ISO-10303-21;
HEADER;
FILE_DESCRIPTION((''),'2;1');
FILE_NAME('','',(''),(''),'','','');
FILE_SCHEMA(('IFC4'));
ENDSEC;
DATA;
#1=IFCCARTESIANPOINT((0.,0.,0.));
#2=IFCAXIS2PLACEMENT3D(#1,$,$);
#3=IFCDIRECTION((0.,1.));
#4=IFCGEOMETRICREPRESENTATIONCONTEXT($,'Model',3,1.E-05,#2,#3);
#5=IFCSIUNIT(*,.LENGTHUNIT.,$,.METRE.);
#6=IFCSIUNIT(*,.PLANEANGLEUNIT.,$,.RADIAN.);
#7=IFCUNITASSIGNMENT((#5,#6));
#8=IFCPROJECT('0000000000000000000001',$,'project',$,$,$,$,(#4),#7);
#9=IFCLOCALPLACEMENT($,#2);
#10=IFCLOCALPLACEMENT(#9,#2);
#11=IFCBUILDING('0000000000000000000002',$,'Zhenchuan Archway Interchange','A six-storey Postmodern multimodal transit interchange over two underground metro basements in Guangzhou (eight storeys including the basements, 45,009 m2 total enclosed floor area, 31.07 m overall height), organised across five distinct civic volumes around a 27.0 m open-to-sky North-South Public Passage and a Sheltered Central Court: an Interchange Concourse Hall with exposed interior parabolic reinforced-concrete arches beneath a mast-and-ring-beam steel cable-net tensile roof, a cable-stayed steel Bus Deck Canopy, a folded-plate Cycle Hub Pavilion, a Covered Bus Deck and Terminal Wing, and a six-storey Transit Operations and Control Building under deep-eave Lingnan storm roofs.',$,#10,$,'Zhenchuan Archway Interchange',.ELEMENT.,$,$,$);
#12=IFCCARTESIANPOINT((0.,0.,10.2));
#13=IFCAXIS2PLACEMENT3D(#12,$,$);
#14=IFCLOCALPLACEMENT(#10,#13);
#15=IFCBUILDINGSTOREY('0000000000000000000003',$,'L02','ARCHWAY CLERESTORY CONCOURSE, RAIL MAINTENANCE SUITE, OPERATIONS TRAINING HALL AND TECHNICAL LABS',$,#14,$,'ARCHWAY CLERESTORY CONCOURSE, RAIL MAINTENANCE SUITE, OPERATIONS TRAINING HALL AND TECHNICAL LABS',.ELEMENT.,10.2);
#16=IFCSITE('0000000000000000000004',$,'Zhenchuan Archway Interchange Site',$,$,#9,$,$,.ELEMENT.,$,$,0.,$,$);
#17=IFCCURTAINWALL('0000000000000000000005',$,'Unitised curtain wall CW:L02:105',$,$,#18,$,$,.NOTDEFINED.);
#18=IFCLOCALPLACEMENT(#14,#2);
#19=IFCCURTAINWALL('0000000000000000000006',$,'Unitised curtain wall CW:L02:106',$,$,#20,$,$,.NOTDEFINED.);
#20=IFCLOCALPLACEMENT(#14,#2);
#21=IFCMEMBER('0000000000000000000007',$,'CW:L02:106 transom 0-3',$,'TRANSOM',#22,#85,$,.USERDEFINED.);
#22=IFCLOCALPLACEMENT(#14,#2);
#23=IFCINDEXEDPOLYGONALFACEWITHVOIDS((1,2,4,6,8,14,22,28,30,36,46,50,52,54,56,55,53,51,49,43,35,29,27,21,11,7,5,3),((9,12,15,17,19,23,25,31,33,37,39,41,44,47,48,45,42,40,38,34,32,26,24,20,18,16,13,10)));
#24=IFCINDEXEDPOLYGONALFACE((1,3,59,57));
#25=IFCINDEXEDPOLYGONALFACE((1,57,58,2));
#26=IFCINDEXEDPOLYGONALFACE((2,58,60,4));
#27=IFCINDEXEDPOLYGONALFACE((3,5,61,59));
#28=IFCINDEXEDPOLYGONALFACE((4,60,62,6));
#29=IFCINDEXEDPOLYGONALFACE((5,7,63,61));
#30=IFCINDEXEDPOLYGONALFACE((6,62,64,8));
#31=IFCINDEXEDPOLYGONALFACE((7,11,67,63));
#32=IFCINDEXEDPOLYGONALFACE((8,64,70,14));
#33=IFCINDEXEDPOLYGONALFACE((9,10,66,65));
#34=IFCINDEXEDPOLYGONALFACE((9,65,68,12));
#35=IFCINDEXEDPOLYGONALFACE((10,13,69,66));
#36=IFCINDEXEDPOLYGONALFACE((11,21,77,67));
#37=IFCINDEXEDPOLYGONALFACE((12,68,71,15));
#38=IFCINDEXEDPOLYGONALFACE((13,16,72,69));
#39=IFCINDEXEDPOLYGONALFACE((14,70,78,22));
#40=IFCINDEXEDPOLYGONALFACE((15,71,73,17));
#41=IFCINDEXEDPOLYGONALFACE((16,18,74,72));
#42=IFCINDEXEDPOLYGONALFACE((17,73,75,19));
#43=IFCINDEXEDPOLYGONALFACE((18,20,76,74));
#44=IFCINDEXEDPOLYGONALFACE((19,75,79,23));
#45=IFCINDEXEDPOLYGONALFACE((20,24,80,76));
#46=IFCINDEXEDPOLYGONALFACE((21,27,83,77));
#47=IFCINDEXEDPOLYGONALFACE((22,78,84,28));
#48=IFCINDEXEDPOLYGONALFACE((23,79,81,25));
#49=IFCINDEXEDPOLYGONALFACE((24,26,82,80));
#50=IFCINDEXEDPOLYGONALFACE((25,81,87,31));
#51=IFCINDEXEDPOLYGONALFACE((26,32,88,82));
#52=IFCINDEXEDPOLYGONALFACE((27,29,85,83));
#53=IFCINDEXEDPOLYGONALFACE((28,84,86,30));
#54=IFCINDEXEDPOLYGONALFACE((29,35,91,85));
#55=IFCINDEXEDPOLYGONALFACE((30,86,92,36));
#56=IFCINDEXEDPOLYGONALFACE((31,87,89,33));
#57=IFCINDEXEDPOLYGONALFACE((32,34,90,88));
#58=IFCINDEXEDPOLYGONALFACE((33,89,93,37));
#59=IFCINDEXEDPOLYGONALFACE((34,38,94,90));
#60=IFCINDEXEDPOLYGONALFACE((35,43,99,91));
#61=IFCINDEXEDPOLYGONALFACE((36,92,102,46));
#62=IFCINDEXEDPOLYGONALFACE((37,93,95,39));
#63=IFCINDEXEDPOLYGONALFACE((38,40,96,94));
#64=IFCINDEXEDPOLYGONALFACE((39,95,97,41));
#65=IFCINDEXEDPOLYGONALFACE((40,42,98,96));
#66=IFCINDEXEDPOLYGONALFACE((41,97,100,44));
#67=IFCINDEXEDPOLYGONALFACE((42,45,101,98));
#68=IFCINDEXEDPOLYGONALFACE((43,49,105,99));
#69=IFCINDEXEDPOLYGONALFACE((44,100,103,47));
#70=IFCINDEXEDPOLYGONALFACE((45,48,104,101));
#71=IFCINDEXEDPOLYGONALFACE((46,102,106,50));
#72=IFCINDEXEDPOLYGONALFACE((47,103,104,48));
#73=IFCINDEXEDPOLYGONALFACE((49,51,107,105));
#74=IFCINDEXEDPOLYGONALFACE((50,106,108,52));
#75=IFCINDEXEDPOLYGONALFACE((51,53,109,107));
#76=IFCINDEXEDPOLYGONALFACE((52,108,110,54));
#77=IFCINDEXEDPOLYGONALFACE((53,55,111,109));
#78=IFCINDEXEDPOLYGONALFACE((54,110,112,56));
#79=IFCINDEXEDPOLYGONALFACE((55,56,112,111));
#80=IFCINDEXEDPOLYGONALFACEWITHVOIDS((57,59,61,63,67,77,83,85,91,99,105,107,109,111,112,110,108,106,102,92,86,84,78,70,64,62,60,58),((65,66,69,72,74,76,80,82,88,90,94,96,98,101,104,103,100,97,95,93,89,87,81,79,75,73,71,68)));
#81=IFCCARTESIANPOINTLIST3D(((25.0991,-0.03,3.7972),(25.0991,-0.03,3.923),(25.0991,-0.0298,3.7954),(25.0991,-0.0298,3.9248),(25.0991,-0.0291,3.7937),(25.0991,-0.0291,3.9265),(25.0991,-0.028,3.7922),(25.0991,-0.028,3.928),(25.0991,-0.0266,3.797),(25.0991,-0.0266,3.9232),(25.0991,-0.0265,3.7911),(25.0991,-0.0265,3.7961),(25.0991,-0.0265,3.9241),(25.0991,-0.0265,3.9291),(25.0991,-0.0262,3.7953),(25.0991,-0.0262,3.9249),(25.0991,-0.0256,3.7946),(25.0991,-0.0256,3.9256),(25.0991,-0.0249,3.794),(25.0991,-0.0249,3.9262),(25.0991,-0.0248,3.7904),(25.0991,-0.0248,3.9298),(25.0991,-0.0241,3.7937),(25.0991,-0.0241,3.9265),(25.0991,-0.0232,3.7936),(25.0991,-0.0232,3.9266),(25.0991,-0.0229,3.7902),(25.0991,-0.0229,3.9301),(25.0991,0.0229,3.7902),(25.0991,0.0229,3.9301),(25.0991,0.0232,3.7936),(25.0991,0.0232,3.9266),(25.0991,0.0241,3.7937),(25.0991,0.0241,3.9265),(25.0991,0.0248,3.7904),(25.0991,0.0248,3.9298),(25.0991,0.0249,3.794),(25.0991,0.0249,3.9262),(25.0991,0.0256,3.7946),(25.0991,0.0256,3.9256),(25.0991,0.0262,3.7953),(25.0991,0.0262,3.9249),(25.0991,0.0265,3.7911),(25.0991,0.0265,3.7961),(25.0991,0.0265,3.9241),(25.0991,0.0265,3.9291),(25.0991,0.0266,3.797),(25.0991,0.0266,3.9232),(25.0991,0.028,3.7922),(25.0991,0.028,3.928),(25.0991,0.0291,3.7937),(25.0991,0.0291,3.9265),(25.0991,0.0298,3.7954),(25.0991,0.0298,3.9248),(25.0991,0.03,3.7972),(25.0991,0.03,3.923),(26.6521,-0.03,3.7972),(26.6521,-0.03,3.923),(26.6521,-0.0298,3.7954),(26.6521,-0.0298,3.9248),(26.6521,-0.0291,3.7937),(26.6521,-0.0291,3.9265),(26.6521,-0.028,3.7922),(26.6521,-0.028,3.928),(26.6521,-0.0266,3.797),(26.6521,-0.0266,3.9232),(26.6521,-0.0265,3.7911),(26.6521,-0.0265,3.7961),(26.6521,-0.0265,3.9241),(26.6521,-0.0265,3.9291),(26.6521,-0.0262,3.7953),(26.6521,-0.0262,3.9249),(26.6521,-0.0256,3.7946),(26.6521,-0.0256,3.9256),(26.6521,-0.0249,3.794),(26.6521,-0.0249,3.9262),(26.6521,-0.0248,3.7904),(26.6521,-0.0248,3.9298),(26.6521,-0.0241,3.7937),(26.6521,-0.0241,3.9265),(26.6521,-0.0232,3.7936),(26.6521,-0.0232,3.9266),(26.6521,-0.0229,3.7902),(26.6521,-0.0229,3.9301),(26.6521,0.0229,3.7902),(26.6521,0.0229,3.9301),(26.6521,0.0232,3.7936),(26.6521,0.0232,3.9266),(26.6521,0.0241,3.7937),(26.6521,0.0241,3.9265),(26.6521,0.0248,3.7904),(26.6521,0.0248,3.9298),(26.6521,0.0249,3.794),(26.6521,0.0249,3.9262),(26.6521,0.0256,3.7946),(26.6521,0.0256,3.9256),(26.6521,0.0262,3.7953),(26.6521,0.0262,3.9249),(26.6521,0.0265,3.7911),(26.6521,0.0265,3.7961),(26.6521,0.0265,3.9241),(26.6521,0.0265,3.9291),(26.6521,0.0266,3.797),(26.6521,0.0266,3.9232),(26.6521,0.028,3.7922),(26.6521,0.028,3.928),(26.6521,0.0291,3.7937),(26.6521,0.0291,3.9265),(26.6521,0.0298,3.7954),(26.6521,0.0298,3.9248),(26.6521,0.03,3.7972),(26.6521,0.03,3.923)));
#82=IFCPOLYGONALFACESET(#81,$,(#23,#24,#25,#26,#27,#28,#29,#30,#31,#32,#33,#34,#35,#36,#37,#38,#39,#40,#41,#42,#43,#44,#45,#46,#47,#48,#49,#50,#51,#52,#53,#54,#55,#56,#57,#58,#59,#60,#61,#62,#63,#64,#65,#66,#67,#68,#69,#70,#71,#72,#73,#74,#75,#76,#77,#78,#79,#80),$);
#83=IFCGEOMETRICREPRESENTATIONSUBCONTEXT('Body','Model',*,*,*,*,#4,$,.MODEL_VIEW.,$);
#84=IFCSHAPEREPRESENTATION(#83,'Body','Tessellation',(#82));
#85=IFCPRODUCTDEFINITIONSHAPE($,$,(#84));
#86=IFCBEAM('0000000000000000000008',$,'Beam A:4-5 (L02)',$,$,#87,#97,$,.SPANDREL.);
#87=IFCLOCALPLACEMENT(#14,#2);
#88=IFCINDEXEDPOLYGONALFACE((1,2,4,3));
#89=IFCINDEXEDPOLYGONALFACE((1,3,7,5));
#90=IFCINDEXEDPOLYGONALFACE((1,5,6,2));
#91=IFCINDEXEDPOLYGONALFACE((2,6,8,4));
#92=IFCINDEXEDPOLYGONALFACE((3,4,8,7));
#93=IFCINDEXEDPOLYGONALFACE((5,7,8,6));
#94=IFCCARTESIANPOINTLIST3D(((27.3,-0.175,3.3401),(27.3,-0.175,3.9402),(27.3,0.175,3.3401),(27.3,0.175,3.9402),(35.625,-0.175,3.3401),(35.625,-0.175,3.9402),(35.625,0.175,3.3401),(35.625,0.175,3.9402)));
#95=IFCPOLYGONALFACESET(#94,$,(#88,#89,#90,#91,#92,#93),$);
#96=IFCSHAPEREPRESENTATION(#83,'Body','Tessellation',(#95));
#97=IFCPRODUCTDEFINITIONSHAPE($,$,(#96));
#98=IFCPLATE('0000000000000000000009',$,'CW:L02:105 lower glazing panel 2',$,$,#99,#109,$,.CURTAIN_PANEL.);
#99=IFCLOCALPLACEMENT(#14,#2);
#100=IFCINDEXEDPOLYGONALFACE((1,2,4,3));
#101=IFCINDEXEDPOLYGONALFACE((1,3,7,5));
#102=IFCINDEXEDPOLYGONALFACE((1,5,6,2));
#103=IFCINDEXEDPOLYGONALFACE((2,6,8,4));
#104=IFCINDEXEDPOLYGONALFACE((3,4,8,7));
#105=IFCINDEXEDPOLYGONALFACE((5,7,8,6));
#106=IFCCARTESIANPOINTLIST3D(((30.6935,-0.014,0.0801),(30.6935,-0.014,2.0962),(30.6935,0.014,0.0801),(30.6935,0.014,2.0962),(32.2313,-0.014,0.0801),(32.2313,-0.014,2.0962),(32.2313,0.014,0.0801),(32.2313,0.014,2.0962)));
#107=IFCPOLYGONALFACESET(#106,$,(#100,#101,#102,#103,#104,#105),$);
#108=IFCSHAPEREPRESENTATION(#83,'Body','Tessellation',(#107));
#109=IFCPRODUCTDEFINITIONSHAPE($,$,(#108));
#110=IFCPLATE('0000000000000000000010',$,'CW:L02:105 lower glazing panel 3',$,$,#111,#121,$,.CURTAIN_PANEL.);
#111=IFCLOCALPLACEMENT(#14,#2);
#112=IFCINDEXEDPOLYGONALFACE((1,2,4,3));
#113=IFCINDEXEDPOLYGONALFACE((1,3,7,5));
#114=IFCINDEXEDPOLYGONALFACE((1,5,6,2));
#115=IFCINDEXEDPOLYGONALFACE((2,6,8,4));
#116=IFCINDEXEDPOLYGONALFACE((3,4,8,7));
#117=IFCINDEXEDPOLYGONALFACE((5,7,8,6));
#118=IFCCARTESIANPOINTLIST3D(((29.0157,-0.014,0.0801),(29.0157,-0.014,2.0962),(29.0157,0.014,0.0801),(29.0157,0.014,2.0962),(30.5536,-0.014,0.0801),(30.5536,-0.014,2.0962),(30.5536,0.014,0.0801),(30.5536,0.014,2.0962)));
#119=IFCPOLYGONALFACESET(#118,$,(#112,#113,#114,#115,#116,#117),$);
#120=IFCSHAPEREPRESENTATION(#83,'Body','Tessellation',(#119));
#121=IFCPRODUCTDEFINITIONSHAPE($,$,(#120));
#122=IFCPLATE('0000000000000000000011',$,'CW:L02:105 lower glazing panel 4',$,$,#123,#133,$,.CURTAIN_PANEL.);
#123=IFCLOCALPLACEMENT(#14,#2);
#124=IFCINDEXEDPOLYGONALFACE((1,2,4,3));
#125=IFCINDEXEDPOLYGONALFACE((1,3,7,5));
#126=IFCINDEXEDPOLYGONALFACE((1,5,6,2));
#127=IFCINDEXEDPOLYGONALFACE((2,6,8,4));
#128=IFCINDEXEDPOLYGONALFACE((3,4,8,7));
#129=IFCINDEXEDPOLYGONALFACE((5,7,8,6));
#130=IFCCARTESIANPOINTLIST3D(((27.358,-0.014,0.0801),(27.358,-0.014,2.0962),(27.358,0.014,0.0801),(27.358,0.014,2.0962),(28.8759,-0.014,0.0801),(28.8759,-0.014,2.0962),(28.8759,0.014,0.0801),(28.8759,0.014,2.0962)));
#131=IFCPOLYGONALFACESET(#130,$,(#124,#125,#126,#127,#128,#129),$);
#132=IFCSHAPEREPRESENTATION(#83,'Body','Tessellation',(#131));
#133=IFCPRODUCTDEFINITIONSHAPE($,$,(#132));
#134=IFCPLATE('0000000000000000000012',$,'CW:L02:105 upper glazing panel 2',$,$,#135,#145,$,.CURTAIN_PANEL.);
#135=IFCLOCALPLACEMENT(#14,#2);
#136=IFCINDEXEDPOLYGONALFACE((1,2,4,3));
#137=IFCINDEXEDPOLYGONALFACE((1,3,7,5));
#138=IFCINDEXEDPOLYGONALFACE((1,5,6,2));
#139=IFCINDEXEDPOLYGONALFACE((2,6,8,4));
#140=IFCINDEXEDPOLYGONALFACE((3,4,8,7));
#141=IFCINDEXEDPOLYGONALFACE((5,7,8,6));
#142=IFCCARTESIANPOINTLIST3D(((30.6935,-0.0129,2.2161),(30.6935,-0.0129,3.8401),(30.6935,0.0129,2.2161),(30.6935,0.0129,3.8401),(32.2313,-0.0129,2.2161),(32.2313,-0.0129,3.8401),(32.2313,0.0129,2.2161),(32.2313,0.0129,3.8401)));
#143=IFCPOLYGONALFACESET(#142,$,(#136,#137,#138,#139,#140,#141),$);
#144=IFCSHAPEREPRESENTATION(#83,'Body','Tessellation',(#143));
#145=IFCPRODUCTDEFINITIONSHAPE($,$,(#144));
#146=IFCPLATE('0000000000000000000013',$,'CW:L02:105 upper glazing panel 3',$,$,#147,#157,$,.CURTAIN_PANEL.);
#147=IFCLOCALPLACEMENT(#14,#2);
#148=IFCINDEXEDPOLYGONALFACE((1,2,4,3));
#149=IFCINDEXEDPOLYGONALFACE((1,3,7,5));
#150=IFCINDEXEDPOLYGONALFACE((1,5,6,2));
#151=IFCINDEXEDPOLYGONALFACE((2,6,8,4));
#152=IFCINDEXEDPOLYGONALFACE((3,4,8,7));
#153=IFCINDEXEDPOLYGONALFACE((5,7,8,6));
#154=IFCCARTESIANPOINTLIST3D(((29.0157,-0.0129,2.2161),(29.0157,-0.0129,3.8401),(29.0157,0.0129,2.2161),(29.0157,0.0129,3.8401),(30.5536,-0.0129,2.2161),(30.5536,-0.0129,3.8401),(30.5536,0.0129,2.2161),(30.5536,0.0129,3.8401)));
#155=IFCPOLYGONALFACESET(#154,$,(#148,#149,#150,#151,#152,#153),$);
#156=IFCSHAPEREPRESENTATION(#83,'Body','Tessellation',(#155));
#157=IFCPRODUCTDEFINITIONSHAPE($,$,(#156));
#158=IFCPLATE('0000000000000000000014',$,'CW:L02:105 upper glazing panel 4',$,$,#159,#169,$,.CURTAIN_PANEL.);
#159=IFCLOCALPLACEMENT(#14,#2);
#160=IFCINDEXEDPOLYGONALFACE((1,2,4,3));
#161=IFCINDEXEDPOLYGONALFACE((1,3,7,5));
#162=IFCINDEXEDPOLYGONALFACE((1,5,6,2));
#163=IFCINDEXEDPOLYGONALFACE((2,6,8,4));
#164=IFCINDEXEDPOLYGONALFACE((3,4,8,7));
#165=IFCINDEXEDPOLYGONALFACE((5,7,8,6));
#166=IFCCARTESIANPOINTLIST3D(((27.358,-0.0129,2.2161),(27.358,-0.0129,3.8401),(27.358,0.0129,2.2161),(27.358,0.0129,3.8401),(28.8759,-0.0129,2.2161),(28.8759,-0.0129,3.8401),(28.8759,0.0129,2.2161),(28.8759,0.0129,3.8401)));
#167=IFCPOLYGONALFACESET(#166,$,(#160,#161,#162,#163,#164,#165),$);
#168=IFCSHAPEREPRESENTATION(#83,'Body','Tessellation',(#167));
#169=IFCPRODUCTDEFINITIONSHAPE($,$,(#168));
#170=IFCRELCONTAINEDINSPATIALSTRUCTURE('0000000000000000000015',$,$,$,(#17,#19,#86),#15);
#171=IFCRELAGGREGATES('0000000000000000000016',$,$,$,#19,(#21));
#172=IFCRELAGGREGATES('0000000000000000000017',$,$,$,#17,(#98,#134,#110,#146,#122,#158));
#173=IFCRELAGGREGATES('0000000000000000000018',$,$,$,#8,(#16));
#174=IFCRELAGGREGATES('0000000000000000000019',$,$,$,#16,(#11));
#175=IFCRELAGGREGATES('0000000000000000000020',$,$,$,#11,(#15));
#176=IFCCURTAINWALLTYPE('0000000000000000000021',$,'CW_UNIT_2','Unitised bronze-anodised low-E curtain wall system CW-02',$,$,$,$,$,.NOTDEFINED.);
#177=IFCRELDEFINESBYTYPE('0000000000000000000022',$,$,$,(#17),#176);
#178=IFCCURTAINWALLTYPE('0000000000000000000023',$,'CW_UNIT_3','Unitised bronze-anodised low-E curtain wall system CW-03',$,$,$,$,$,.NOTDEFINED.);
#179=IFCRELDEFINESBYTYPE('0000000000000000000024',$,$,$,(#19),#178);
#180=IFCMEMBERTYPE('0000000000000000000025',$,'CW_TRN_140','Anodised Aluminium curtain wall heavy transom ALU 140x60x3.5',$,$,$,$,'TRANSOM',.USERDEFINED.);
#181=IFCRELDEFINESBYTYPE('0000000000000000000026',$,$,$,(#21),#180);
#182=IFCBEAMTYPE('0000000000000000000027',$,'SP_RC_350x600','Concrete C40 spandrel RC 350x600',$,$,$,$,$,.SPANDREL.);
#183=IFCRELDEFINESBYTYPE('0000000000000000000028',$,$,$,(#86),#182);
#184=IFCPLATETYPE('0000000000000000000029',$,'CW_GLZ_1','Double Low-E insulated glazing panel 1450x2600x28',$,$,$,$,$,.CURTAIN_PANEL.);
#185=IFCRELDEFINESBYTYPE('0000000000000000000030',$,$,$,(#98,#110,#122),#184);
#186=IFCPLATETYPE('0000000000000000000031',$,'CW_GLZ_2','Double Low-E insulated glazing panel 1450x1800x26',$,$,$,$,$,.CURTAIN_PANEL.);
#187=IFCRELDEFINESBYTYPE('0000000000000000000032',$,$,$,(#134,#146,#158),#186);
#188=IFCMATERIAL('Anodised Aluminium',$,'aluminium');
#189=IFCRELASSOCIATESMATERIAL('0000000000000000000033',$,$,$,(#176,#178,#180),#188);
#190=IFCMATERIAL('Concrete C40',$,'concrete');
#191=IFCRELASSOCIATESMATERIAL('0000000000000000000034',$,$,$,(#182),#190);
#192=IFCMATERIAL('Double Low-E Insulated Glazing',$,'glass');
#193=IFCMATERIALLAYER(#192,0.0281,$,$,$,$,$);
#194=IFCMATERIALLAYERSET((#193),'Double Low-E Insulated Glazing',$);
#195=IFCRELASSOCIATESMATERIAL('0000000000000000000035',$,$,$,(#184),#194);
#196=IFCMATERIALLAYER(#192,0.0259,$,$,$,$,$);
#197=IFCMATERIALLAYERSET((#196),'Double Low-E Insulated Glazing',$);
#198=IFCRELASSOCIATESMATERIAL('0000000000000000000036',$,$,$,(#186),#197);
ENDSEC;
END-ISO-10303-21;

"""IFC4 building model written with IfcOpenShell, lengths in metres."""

from ifc_helpers import new_model, si_unit, direction, frame, origin, origin_2d, place, context, subcontext, project, spatial, rectangle, hollow_rectangle, extrude, material, layer, layer_set, material_profile, profile_set, type_object, element, aggregate, save


model = new_model("IFC4")

# Units and contexts
model_context = context("Model", 3, precision=1e-05, world=origin(), true_north=direction((0.0, 1.0)))
body_context = subcontext(model_context, "Body", "Model", "MODEL_VIEW")
ifc_project = project(units=[si_unit("LENGTHUNIT", "METRE"), si_unit("PLANEANGLEUNIT", "RADIAN")], contexts=[model_context])

# Site, building, storey
site_placement = place(None, origin())
site = spatial("IfcSite", under=ifc_project, at=site_placement, Name="Zhenchuan Archway Interchange Site", CompositionType="ELEMENT", RefElevation=0.0)
building_placement = place(site_placement, origin())
building = spatial("IfcBuilding", under=site, at=building_placement, Name="Zhenchuan Archway Interchange", Description="A six-storey Postmodern multimodal transit interchange over two underground metro basements in Guangzhou (eight storeys including the basements, 45,009 m2 total enclosed floor area, 31.07 m overall height), organised across five distinct civic volumes around a 27.0 m open-to-sky North-South Public Passage and a Sheltered Central Court: an Interchange Concourse Hall with exposed interior parabolic reinforced-concrete arches beneath a mast-and-ring-beam steel cable-net tensile roof, a cable-stayed steel Bus Deck Canopy, a folded-plate Cycle Hub Pavilion, a Covered Bus Deck and Terminal Wing, and a six-storey Transit Operations and Control Building under deep-eave Lingnan storm roofs.", LongName="Zhenchuan Archway Interchange", CompositionType="ELEMENT")
storey_placement = place(building_placement, frame((0.0, 0.0, 10.2)))
storey = spatial("IfcBuildingStorey", under=building, at=storey_placement, Name="L02", Description="ARCHWAY CLERESTORY CONCOURSE, RAIL MAINTENANCE SUITE, OPERATIONS TRAINING HALL AND TECHNICAL LABS", LongName="ARCHWAY CLERESTORY CONCOURSE, RAIL MAINTENANCE SUITE, OPERATIONS TRAINING HALL AND TECHNICAL LABS", CompositionType="ELEMENT", Elevation=10.2)

# Shared definitions
ifc_material_1 = material(Name="Concrete C40", Category="concrete")

# Curtain wall
ifc_material_2 = material(Name="Anodised Aluminium", Category="aluminium")
curtain_wall_type_1 = type_object("IfcCurtainWallType", Name="CW_UNIT_2", Description="Unitised bronze-anodised low-E curtain wall system CW-02", PredefinedType="NOTDEFINED", material=ifc_material_2)
curtain_wall_1_placement = place(storey_placement, origin())
curtain_wall_1 = element("IfcCurtainWall", 1, at=curtain_wall_1_placement, inside=storey, type_object=curtain_wall_type_1, Name="Unitised curtain wall CW:L02:105", PredefinedType="NOTDEFINED")

# Curtain wall
curtain_wall_type_2 = type_object("IfcCurtainWallType", Name="CW_UNIT_3", Description="Unitised bronze-anodised low-E curtain wall system CW-03", PredefinedType="NOTDEFINED", material=ifc_material_2)
curtain_wall_2_placement = place(storey_placement, origin())
curtain_wall_2 = element("IfcCurtainWall", 2, at=curtain_wall_2_placement, inside=storey, type_object=curtain_wall_type_2, Name="Unitised curtain wall CW:L02:106", PredefinedType="NOTDEFINED")

# Member
ifc_material_profile_1 = material_profile(ifc_material_2, hollow_rectangle(XDim=0.0601, YDim=0.1399, WallThickness=0.0034, InnerFilletRadius=0.0034, OuterFilletRadius=0.0071, at=origin_2d()), Name="ALU 140x60x3.5")
ifc_profile_set_1 = profile_set([ifc_material_profile_1], Name="Anodised Aluminium")
member_type_1 = type_object("IfcMemberType", Name="CW_TRN_140", Description="Anodised Aluminium curtain wall heavy transom ALU 140x60x3.5", ElementType="TRANSOM", PredefinedType="USERDEFINED", material=ifc_profile_set_1)
member_1_placement = place(storey_placement, frame((26.6521, 0.0, 3.8601), z_axis=(-1.0, 0.0, 0.0), x_axis=(0.0, -1.0, 0.0)))
member_1 = element("IfcMember", 3, at=member_1_placement, type_object=member_type_1, Name="CW:L02:106 transom 0-3", ObjectType="TRANSOM", PredefinedType="USERDEFINED", context=body_context, shape_type="SweptSolid", body=[
    extrude(hollow_rectangle(XDim=0.0601, YDim=0.1399, WallThickness=0.0034, InnerFilletRadius=0.0034, OuterFilletRadius=0.0071, at=origin_2d()), origin(), (0.0, 0.0, 1.0), 1.553),
])
aggregate(curtain_wall_2, [member_1])

# Beam
ifc_material_profile_2 = material_profile(ifc_material_1, rectangle(XDim=0.3501, YDim=0.6001, at=origin_2d()), Name="RC 350x600")
ifc_profile_set_2 = profile_set([ifc_material_profile_2], Name="Concrete C40")
beam_type = type_object("IfcBeamType", Name="SP_RC_350x600", Description="Concrete C40 spandrel RC 350x600", PredefinedType="SPANDREL", material=ifc_profile_set_2)
beam_placement = place(storey_placement, frame((27.3, 0.0, 3.6401), z_axis=(1.0, 0.0, 0.0), x_axis=(0.0, 1.0, 0.0)))
element("IfcBeam", 4, at=beam_placement, inside=storey, type_object=beam_type, Name="Beam A:4-5 (L02)", PredefinedType="SPANDREL", context=body_context, shape_type="SweptSolid", body=[
    extrude(rectangle(XDim=0.3501, YDim=0.6001, at=origin_2d()), origin(), (0.0, 0.0, 1.0), 8.325),
])

# Plates
ifc_material_3 = material(Name="Double Low-E Insulated Glazing", Category="glass")
ifc_layer_1 = layer(ifc_material_3, 0.0281)
ifc_layer_set_1 = layer_set([ifc_layer_1], Name="Double Low-E Insulated Glazing")
plate_type_1 = type_object("IfcPlateType", Name="CW_GLZ_1", Description="Double Low-E insulated glazing panel 1450x2600x28", PredefinedType="CURTAIN_PANEL", material=ifc_layer_set_1)
plate_1_placement = place(storey_placement, frame((31.4624, 0.0, 0.0801), z_axis=(0.0, 0.0, 1.0), x_axis=(-1.0, 0.0, 0.0)))
plate_1 = element("IfcPlate", 5, at=plate_1_placement, type_object=plate_type_1, Name="CW:L02:105 lower glazing panel 2", PredefinedType="CURTAIN_PANEL", context=body_context, shape_type="SweptSolid", body=[
    extrude(rectangle(XDim=1.5378, YDim=0.0281, at=origin_2d()), origin(), (0.0, 0.0, 1.0), 2.0161),
])
plate_2_placement = place(storey_placement, frame((29.7847, 0.0, 0.0801), z_axis=(0.0, 0.0, 1.0), x_axis=(-1.0, 0.0, 0.0)))
plate_2 = element("IfcPlate", 6, at=plate_2_placement, type_object=plate_type_1, Name="CW:L02:105 lower glazing panel 3", PredefinedType="CURTAIN_PANEL", context=body_context, shape_type="SweptSolid", body=[
    extrude(rectangle(XDim=1.5378, YDim=0.0281, at=origin_2d()), origin(), (0.0, 0.0, 1.0), 2.0161),
])
plate_3_placement = place(storey_placement, frame((28.1169, 0.0, 0.0801), z_axis=(0.0, 0.0, 1.0), x_axis=(-1.0, 0.0, 0.0)))
plate_3 = element("IfcPlate", 7, at=plate_3_placement, type_object=plate_type_1, Name="CW:L02:105 lower glazing panel 4", PredefinedType="CURTAIN_PANEL", context=body_context, shape_type="SweptSolid", body=[
    extrude(rectangle(XDim=1.5178, YDim=0.0281, at=origin_2d()), origin(), (0.0, 0.0, 1.0), 2.0161),
])
ifc_layer_2 = layer(ifc_material_3, 0.0259)
ifc_layer_set_2 = layer_set([ifc_layer_2], Name="Double Low-E Insulated Glazing")
plate_type_2 = type_object("IfcPlateType", Name="CW_GLZ_2", Description="Double Low-E insulated glazing panel 1450x1800x26", PredefinedType="CURTAIN_PANEL", material=ifc_layer_set_2)
plate_4_placement = place(storey_placement, frame((31.4624, 0.0, 2.2161), z_axis=(0.0, 0.0, 1.0), x_axis=(-1.0, 0.0, 0.0)))
plate_4 = element("IfcPlate", 8, at=plate_4_placement, type_object=plate_type_2, Name="CW:L02:105 upper glazing panel 2", PredefinedType="CURTAIN_PANEL", context=body_context, shape_type="SweptSolid", body=[
    extrude(rectangle(XDim=1.5378, YDim=0.0259, at=origin_2d()), origin(), (0.0, 0.0, 1.0), 1.624),
])
plate_5_placement = place(storey_placement, frame((29.7847, 0.0, 2.2161), z_axis=(0.0, 0.0, 1.0), x_axis=(-1.0, 0.0, 0.0)))
plate_5 = element("IfcPlate", 9, at=plate_5_placement, type_object=plate_type_2, Name="CW:L02:105 upper glazing panel 3", PredefinedType="CURTAIN_PANEL", context=body_context, shape_type="SweptSolid", body=[
    extrude(rectangle(XDim=1.5378, YDim=0.0259, at=origin_2d()), origin(), (0.0, 0.0, 1.0), 1.624),
])
plate_6_placement = place(storey_placement, frame((28.1169, 0.0, 2.2161), z_axis=(0.0, 0.0, 1.0), x_axis=(-1.0, 0.0, 0.0)))
plate_6 = element("IfcPlate", 10, at=plate_6_placement, type_object=plate_type_2, Name="CW:L02:105 upper glazing panel 4", PredefinedType="CURTAIN_PANEL", context=body_context, shape_type="SweptSolid", body=[
    extrude(rectangle(XDim=1.5178, YDim=0.0259, at=origin_2d()), origin(), (0.0, 0.0, 1.0), 1.624),
])
aggregate(curtain_wall_1, [plate_1, plate_4, plate_2, plate_5, plate_3, plate_6])

save(model, "model.ifc")
